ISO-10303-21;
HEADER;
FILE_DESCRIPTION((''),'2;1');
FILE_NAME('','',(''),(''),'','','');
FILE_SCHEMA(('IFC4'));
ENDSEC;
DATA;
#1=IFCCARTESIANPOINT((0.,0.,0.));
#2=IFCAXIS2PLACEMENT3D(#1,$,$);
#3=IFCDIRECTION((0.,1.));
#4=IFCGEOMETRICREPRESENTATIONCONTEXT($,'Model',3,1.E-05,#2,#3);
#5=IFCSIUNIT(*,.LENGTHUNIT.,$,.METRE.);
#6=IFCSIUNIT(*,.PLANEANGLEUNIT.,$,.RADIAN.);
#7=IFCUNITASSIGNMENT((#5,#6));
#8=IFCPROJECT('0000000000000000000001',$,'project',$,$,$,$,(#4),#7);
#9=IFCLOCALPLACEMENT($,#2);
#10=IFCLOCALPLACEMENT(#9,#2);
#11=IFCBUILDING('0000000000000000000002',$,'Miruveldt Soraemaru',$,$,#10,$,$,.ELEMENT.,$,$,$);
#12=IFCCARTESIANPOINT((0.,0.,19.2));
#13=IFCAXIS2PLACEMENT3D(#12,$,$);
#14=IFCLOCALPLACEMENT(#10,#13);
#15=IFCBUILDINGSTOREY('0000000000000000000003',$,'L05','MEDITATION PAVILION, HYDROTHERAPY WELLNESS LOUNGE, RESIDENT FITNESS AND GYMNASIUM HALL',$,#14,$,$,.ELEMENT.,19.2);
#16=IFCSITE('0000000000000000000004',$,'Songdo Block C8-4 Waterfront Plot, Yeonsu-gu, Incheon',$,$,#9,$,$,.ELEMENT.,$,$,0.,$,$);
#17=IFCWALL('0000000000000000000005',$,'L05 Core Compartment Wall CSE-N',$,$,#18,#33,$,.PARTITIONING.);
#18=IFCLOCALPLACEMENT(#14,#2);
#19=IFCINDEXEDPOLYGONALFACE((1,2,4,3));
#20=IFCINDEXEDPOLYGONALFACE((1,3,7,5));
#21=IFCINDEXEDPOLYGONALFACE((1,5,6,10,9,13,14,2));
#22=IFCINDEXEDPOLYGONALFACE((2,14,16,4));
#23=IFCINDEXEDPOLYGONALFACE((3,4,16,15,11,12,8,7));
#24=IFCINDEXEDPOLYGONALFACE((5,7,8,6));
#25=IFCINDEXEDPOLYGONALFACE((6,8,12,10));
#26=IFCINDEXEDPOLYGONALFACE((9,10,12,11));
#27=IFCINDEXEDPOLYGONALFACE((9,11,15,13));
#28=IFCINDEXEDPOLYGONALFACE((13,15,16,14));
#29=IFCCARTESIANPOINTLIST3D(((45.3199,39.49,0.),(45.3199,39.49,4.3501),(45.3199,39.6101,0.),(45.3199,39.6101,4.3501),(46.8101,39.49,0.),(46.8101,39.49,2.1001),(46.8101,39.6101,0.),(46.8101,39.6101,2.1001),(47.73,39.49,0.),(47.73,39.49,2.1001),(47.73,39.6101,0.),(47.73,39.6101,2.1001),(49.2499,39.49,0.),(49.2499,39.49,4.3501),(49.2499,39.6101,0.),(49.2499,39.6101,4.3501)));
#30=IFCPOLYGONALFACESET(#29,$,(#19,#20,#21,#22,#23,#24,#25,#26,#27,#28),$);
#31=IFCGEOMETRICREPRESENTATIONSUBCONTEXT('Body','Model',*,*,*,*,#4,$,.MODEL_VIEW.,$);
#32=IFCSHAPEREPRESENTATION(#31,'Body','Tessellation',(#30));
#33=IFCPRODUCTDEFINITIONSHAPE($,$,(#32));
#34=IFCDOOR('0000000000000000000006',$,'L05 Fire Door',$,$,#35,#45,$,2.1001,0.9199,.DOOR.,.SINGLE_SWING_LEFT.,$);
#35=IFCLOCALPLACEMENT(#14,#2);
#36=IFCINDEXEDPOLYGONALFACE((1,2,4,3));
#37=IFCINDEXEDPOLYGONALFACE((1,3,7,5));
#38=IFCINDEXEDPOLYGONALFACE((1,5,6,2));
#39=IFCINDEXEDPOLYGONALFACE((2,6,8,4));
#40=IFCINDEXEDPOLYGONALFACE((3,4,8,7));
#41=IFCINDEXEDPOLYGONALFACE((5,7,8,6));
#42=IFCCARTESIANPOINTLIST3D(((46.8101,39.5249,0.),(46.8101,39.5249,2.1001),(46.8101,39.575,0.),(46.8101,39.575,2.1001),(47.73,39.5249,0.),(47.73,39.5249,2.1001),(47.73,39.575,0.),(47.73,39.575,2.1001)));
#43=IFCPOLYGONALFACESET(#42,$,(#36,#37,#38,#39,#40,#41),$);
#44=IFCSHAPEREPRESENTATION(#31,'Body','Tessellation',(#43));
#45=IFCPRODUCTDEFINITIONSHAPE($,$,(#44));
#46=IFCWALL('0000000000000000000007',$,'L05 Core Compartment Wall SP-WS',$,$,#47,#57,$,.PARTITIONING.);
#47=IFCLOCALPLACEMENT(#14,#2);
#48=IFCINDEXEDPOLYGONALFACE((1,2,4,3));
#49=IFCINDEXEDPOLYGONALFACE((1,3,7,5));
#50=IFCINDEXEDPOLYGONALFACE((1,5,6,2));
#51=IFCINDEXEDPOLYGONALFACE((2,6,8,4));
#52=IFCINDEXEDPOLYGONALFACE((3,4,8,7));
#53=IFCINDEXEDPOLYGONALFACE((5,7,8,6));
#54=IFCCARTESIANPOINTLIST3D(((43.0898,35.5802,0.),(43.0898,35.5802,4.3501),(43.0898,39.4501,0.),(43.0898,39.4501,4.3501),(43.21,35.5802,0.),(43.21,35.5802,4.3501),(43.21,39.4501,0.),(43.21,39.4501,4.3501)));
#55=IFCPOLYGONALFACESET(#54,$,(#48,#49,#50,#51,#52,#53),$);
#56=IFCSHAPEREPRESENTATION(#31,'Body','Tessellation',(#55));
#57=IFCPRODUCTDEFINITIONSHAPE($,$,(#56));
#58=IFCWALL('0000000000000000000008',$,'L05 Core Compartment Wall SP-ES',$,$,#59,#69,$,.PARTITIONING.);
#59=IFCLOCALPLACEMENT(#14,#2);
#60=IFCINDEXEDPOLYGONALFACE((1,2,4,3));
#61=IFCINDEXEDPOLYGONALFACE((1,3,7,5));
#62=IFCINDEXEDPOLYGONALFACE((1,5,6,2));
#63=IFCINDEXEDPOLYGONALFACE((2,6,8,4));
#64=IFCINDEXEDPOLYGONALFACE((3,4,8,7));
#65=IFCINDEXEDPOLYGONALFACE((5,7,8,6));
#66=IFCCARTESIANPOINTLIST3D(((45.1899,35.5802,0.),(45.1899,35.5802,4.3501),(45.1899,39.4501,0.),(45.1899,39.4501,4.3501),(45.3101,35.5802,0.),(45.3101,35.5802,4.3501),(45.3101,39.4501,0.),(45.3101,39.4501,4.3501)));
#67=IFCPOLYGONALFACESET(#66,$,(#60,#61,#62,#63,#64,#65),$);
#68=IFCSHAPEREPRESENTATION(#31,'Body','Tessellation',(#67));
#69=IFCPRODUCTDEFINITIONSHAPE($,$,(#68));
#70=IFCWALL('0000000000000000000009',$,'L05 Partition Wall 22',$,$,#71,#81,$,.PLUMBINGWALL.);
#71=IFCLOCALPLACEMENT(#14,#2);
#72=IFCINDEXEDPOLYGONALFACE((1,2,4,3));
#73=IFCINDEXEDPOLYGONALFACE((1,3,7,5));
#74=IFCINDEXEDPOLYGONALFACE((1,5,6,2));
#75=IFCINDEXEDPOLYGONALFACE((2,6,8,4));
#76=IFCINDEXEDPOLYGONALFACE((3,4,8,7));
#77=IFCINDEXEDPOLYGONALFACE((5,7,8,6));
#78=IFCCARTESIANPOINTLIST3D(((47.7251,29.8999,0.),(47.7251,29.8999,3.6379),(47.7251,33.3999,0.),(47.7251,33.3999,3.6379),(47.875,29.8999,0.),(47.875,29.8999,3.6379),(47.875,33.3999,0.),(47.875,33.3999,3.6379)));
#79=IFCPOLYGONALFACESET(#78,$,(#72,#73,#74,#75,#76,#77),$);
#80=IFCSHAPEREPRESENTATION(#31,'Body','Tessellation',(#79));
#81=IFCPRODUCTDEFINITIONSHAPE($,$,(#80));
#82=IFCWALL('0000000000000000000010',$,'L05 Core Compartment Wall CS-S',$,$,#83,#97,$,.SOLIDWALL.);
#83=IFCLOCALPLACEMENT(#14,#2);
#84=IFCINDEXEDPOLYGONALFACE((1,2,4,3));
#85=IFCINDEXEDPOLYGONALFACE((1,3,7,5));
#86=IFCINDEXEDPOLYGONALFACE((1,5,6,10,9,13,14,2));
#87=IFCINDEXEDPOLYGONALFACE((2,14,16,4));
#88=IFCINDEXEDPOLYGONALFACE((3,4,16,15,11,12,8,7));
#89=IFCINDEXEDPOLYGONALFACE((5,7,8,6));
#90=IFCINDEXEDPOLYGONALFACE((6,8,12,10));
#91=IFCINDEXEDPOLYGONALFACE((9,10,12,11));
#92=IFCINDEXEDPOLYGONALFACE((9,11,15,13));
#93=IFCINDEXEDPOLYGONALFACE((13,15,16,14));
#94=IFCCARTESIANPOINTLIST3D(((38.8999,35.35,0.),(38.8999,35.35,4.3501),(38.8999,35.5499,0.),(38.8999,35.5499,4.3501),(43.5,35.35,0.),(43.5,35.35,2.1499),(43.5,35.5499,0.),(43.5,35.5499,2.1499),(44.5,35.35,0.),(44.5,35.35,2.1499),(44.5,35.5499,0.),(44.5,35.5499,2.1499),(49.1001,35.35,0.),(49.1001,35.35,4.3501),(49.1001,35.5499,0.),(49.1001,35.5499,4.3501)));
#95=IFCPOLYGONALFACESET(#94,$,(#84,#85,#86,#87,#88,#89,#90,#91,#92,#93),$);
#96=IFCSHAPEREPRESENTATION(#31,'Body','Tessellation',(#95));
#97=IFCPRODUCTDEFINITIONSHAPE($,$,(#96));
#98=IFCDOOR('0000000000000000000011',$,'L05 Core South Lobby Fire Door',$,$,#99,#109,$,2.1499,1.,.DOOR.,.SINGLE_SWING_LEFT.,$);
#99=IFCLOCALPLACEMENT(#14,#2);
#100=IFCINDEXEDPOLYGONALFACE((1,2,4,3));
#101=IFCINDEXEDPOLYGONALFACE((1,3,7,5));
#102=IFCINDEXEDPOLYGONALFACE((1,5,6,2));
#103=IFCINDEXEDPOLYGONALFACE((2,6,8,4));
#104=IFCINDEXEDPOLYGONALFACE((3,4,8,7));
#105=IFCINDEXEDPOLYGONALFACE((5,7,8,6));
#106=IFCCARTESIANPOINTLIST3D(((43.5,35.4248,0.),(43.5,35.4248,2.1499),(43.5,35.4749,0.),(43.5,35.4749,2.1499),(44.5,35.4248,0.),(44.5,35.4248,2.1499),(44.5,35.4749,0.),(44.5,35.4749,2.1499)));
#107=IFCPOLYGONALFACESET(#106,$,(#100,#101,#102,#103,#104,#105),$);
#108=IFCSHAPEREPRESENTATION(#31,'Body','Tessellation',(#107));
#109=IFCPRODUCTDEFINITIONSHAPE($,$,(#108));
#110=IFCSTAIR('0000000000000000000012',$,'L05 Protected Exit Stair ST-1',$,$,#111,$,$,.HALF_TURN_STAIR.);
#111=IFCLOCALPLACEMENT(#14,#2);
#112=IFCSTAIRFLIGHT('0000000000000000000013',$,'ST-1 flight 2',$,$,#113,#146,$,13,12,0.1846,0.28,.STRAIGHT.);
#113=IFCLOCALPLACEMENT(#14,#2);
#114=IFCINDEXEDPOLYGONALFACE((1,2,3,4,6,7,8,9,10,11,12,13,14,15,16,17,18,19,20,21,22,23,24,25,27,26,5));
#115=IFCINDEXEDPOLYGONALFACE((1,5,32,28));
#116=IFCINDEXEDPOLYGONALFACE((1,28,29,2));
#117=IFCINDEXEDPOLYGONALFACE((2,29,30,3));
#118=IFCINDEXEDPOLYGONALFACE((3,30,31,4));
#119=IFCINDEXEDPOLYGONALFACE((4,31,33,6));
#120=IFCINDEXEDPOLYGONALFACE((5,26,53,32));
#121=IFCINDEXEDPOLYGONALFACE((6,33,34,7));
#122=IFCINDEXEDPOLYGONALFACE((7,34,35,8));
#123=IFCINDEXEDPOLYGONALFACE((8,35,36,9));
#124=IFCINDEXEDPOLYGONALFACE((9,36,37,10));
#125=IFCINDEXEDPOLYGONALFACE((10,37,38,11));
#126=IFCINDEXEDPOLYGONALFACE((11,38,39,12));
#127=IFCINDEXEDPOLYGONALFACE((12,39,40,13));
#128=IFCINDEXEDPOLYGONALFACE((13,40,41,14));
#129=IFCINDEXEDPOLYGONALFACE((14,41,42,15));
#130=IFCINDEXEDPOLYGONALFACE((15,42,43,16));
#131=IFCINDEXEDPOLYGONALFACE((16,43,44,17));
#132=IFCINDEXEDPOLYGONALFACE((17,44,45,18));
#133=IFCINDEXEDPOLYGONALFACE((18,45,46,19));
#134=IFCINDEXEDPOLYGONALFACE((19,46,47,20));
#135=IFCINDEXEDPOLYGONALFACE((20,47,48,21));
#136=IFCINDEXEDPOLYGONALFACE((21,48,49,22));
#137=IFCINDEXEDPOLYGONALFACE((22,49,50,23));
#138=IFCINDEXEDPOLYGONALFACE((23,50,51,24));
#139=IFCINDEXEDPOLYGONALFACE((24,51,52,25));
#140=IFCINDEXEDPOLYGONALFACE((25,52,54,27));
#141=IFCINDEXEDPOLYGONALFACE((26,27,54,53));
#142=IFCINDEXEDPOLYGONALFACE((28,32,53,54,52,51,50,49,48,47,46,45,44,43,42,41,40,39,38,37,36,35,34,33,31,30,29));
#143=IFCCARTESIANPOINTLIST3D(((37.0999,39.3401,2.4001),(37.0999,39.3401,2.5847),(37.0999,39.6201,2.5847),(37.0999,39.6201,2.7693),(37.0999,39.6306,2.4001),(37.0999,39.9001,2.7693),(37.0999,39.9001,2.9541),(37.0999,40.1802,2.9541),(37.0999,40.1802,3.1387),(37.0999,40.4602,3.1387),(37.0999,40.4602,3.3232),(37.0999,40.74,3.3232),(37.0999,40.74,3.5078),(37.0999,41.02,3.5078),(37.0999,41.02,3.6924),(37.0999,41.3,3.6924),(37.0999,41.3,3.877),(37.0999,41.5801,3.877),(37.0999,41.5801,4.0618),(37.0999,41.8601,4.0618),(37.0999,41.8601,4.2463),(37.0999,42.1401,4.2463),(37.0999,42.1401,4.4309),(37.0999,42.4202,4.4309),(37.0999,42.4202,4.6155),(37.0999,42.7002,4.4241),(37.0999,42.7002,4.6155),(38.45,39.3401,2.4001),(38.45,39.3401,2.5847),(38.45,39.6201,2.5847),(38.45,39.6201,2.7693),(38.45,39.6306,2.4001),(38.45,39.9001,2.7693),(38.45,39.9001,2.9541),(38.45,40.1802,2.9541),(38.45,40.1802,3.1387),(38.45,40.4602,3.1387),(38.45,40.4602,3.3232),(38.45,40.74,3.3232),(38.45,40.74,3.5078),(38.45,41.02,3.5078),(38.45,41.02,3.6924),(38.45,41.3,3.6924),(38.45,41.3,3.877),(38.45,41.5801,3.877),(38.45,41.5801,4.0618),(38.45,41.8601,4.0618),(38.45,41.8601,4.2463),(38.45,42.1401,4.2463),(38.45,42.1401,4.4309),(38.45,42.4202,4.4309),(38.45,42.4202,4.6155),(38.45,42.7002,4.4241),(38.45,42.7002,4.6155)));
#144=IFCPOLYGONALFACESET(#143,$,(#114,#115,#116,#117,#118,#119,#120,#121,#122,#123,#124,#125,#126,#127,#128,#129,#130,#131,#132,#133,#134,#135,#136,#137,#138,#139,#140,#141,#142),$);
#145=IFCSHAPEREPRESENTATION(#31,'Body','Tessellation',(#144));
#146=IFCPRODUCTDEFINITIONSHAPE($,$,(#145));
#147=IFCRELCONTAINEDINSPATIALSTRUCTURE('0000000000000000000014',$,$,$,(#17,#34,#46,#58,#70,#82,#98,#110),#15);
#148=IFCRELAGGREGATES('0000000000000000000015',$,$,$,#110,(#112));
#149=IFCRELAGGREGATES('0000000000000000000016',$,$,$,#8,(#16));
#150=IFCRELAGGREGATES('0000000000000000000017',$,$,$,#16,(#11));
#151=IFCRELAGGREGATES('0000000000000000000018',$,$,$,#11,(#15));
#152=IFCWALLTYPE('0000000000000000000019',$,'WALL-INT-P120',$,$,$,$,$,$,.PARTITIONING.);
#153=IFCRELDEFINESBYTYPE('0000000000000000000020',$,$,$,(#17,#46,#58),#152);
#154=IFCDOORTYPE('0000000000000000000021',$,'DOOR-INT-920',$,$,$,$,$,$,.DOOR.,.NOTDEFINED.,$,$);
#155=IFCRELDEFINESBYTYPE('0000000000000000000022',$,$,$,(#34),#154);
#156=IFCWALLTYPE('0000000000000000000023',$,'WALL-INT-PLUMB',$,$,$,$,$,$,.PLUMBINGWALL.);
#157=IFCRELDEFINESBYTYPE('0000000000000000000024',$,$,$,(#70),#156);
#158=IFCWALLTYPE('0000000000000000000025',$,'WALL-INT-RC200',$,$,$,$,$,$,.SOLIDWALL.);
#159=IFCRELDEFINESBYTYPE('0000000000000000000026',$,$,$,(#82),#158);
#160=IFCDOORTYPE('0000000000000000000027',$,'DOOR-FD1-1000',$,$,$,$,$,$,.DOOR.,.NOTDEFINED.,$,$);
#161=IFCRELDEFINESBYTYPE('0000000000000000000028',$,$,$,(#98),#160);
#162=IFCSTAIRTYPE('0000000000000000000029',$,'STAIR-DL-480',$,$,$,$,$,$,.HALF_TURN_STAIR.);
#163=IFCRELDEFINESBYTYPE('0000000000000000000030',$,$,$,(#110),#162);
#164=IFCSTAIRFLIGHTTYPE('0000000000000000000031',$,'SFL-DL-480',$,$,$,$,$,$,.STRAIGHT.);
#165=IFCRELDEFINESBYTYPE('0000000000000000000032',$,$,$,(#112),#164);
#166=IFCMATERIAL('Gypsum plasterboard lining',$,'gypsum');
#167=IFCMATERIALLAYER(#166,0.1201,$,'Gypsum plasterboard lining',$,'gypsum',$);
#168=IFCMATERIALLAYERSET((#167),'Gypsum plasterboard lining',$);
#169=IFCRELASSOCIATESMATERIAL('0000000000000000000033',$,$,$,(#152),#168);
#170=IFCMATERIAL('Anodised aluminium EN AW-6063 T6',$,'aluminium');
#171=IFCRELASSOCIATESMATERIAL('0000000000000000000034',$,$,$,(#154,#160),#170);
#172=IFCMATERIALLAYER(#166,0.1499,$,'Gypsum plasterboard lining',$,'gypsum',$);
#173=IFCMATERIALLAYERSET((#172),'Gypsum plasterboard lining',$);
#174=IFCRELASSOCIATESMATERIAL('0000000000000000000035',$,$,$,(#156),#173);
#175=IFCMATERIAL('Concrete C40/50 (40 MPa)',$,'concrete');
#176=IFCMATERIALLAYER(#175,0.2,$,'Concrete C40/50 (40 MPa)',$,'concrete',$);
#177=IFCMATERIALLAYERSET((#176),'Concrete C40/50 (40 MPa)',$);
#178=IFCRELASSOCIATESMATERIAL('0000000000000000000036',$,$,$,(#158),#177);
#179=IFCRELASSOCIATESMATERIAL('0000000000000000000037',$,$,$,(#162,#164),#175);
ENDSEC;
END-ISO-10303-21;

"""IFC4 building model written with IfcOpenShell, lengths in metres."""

from ifc_helpers import new_model, si_unit, direction, frame, frame_2d, origin, place, context, subcontext, project, spatial, polyline, rectangle, outline, extrude, material, layer, layer_set, type_object, element, fill, aggregate, save


model = new_model("IFC4")

# Units and contexts
model_context = context("Model", 3, precision=1e-05, world=origin(), true_north=direction((0.0, 1.0)))
body_context = subcontext(model_context, "Body", "Model", "MODEL_VIEW")
ifc_project = project(units=[si_unit("LENGTHUNIT", "METRE"), si_unit("PLANEANGLEUNIT", "RADIAN")], contexts=[model_context])

# Site, building, storey
site_placement = place(None, origin())
site = spatial("IfcSite", under=ifc_project, at=site_placement, Name="Songdo Block C8-4 Waterfront Plot, Yeonsu-gu, Incheon", CompositionType="ELEMENT", RefElevation=0.0)
building_placement = place(site_placement, origin())
building = spatial("IfcBuilding", under=site, at=building_placement, Name="Miruveldt Soraemaru", CompositionType="ELEMENT")
storey_placement = place(building_placement, frame((0.0, 0.0, 19.2)))
storey = spatial("IfcBuildingStorey", under=building, at=storey_placement, Name="L05", Description="MEDITATION PAVILION, HYDROTHERAPY WELLNESS LOUNGE, RESIDENT FITNESS AND GYMNASIUM HALL", CompositionType="ELEMENT", Elevation=19.2)

# Wall, opening, door
ifc_material_1 = material(Name="Gypsum plasterboard lining", Category="gypsum")
ifc_layer_1 = layer(ifc_material_1, 0.1201, Name="Gypsum plasterboard lining", Category="gypsum")
ifc_layer_set_1 = layer_set([ifc_layer_1], Name="Gypsum plasterboard lining")
wall_type_1 = type_object("IfcWallType", Name="WALL-INT-P120", PredefinedType="PARTITIONING", material=ifc_layer_set_1)
ifc_material_2 = material(Name="Anodised aluminium EN AW-6063 T6", Category="aluminium")
door_type_1 = type_object("IfcDoorType", Name="DOOR-INT-920", OperationType="NOTDEFINED", PredefinedType="DOOR", material=ifc_material_2)
wall_1_placement = place(storey_placement, frame((45.3201, 39.55, 0.0), z_axis=(0.0, 0.0, 1.0), x_axis=(1.0, 0.0, 0.0)))
wall_1 = element("IfcWall", 1, at=wall_1_placement, inside=storey, type_object=wall_type_1, Name="L05 Core Compartment Wall CSE-N", PredefinedType="PARTITIONING", context=body_context, shape_type="SweptSolid", body=[
    extrude(rectangle(XDim=3.9299, YDim=0.1201, at=frame_2d((1.9648, 0.0))), origin(), (0.0, 0.0, 1.0), 4.3501),
])
opening_1_placement = place(wall_1_placement, frame((1.49, 0.0, 0.0)))
opening_1 = element("IfcOpeningElement", 2, at=opening_1_placement, cuts=wall_1, PredefinedType="OPENING", context=body_context, shape_type="SweptSolid", body=[
    extrude(rectangle(XDim=0.9199, YDim=2.1001, at=frame_2d((0.46, 1.05))), frame((0.0, 0.0701, 0.0), z_axis=(0.0, -1.0, 0.0), x_axis=(1.0, 0.0, 0.0)), (0.0, 0.0, 1.0), 0.1401),
])
door_1_placement = place(opening_1_placement, origin())
door_1 = element("IfcDoor", 3, at=door_1_placement, inside=storey, type_object=door_type_1, Name="L05 Fire Door", OperationType="SINGLE_SWING_LEFT", OverallHeight=2.1001, OverallWidth=0.9199, PredefinedType="DOOR", context=body_context, shape_type="SweptSolid", body=[
    extrude(rectangle(XDim=0.9199, YDim=2.1001, at=frame_2d((0.46, 1.05))), frame((0.0, 0.0249, 0.0), z_axis=(0.0, -1.0, 0.0), x_axis=(1.0, 0.0, 0.0)), (0.0, 0.0, 1.0), 0.05),
])
fill(opening_1, door_1)

# Walls
for number, where, z_axis, x_axis, name in (
    (4, (43.1499, 35.5801, 0.0), (0.0, 0.0, 1.0), (0.0, 1.0, 0.0), "L05 Core Compartment Wall SP-WS"),
    (5, (45.25, 35.5801, 0.0), (0.0, 0.0, 1.0), (0.0, 1.0, 0.0), "L05 Core Compartment Wall SP-ES"),
):
    element("IfcWall", number, at=place(storey_placement, frame(where, z_axis=z_axis, x_axis=x_axis)), inside=storey, type_object=wall_type_1, Name=name, PredefinedType="PARTITIONING", context=body_context, shape_type="SweptSolid", body=[
        extrude(rectangle(XDim=3.8699, YDim=0.1201, at=frame_2d((1.9351, 0.0))), origin(), (0.0, 0.0, 1.0), 4.3501),
    ])
ifc_layer_2 = layer(ifc_material_1, 0.1499, Name="Gypsum plasterboard lining", Category="gypsum")
ifc_layer_set_2 = layer_set([ifc_layer_2], Name="Gypsum plasterboard lining")
wall_type_2 = type_object("IfcWallType", Name="WALL-INT-PLUMB", PredefinedType="PLUMBINGWALL", material=ifc_layer_set_2)
wall_2_placement = place(storey_placement, frame((47.8, 33.3999, 0.0), z_axis=(0.0, 0.0, 1.0), x_axis=(0.0, -1.0, 0.0)))
element("IfcWall", 6, at=wall_2_placement, inside=storey, type_object=wall_type_2, Name="L05 Partition Wall 22", PredefinedType="PLUMBINGWALL", context=body_context, shape_type="SweptSolid", body=[
    extrude(rectangle(XDim=3.5, YDim=0.1499, at=frame_2d((1.75, 0.0))), origin(), (0.0, 0.0, 1.0), 3.6379),
])

# Wall, opening, door
ifc_material_3 = material(Name="Concrete C40/50 (40 MPa)", Category="concrete")
ifc_layer_3 = layer(ifc_material_3, 0.2, Name="Concrete C40/50 (40 MPa)", Category="concrete")
ifc_layer_set_3 = layer_set([ifc_layer_3], Name="Concrete C40/50 (40 MPa)")
wall_type_3 = type_object("IfcWallType", Name="WALL-INT-RC200", PredefinedType="SOLIDWALL", material=ifc_layer_set_3)
wall_3_placement = place(storey_placement, frame((38.8999, 35.45, 0.0), z_axis=(0.0, 0.0, 1.0), x_axis=(1.0, 0.0, 0.0)))
wall_3 = element("IfcWall", 7, at=wall_3_placement, inside=storey, type_object=wall_type_3, Name="L05 Core Compartment Wall CS-S", PredefinedType="SOLIDWALL", context=body_context, shape_type="SweptSolid", body=[
    extrude(rectangle(XDim=10.2002, YDim=0.2, at=frame_2d((5.1001, 0.0))), origin(), (0.0, 0.0, 1.0), 4.3501),
])
opening_2_placement = place(wall_3_placement, frame((4.6001, 0.0, 0.0)))
opening_2 = element("IfcOpeningElement", 8, at=opening_2_placement, cuts=wall_3, PredefinedType="OPENING", context=body_context, shape_type="SweptSolid", body=[
    extrude(rectangle(XDim=1.0, YDim=2.1499, at=frame_2d((0.5, 1.075))), frame((0.0, 0.1099, 0.0), z_axis=(0.0, -1.0, 0.0), x_axis=(1.0, 0.0, 0.0)), (0.0, 0.0, 1.0), 0.22),
])
door_type_2 = type_object("IfcDoorType", Name="DOOR-FD1-1000", OperationType="NOTDEFINED", PredefinedType="DOOR", material=ifc_material_2)
door_2_placement = place(opening_2_placement, origin())
door_2 = element("IfcDoor", 9, at=door_2_placement, inside=storey, type_object=door_type_2, Name="L05 Core South Lobby Fire Door", OperationType="SINGLE_SWING_LEFT", OverallHeight=2.1499, OverallWidth=1.0, PredefinedType="DOOR", context=body_context, shape_type="SweptSolid", body=[
    extrude(rectangle(XDim=1.0, YDim=2.1499, at=frame_2d((0.5, 1.075))), frame((0.0, 0.0249, 0.0), z_axis=(0.0, -1.0, 0.0), x_axis=(1.0, 0.0, 0.0)), (0.0, 0.0, 1.0), 0.05),
])
fill(opening_2, door_2)

# Stair, stair flight
stair_type = type_object("IfcStairType", Name="STAIR-DL-480", PredefinedType="HALF_TURN_STAIR", material=ifc_material_3)
stair_placement = place(storey_placement, origin())
stair = element("IfcStair", 10, at=stair_placement, inside=storey, type_object=stair_type, Name="L05 Protected Exit Stair ST-1", PredefinedType="HALF_TURN_STAIR")
stair_flight_type = type_object("IfcStairFlightType", Name="SFL-DL-480", PredefinedType="STRAIGHT", material=ifc_material_3)
stair_flight_placement = place(storey_placement, frame((37.7749, 39.3401, 2.4001), z_axis=(0.0, 0.0, 1.0), x_axis=(0.0, 1.0, 0.0)))
stair_flight = element("IfcStairFlight", 11, at=stair_flight_placement, type_object=stair_flight_type, Name="ST-1 flight 2", NumberOfRisers=13, NumberOfTreads=12, PredefinedType="STRAIGHT", RiserHeight=0.1846, TreadLength=0.28, context=body_context, shape_type="SweptSolid", body=[
    extrude(outline(polyline([(0.0, 0.0), (0.0, 0.1846), (0.28, 0.1846), (0.28, 0.3691), (0.5601, 0.3691), (0.5601, 0.554), (0.8401, 0.554), (0.8401, 0.7385), (1.1201, 0.7385), (1.1201, 0.9231), (1.3999, 0.9231), (1.3999, 1.1077), (1.6799, 1.1077), (1.6799, 1.2922), (1.96, 1.2922), (1.96, 1.4768), (2.24, 1.4768), (2.24, 1.6616), (2.52, 1.6616), (2.52, 1.8462), (2.8, 1.8462), (2.8, 2.0308), (3.0801, 2.0308), (3.0801, 2.2153), (3.3601, 2.2153), (3.3601, 2.3999), (3.3601, 2.0239), (0.2905, 0.0), (0.0, 0.0)])), frame((0.0, 0.675, 0.0), z_axis=(0.0, -1.0, 0.0), x_axis=(1.0, 0.0, 0.0)), (0.0, 0.0, 1.0), 1.3501),
])
aggregate(stair, [stair_flight])

save(model, "model.ifc")
